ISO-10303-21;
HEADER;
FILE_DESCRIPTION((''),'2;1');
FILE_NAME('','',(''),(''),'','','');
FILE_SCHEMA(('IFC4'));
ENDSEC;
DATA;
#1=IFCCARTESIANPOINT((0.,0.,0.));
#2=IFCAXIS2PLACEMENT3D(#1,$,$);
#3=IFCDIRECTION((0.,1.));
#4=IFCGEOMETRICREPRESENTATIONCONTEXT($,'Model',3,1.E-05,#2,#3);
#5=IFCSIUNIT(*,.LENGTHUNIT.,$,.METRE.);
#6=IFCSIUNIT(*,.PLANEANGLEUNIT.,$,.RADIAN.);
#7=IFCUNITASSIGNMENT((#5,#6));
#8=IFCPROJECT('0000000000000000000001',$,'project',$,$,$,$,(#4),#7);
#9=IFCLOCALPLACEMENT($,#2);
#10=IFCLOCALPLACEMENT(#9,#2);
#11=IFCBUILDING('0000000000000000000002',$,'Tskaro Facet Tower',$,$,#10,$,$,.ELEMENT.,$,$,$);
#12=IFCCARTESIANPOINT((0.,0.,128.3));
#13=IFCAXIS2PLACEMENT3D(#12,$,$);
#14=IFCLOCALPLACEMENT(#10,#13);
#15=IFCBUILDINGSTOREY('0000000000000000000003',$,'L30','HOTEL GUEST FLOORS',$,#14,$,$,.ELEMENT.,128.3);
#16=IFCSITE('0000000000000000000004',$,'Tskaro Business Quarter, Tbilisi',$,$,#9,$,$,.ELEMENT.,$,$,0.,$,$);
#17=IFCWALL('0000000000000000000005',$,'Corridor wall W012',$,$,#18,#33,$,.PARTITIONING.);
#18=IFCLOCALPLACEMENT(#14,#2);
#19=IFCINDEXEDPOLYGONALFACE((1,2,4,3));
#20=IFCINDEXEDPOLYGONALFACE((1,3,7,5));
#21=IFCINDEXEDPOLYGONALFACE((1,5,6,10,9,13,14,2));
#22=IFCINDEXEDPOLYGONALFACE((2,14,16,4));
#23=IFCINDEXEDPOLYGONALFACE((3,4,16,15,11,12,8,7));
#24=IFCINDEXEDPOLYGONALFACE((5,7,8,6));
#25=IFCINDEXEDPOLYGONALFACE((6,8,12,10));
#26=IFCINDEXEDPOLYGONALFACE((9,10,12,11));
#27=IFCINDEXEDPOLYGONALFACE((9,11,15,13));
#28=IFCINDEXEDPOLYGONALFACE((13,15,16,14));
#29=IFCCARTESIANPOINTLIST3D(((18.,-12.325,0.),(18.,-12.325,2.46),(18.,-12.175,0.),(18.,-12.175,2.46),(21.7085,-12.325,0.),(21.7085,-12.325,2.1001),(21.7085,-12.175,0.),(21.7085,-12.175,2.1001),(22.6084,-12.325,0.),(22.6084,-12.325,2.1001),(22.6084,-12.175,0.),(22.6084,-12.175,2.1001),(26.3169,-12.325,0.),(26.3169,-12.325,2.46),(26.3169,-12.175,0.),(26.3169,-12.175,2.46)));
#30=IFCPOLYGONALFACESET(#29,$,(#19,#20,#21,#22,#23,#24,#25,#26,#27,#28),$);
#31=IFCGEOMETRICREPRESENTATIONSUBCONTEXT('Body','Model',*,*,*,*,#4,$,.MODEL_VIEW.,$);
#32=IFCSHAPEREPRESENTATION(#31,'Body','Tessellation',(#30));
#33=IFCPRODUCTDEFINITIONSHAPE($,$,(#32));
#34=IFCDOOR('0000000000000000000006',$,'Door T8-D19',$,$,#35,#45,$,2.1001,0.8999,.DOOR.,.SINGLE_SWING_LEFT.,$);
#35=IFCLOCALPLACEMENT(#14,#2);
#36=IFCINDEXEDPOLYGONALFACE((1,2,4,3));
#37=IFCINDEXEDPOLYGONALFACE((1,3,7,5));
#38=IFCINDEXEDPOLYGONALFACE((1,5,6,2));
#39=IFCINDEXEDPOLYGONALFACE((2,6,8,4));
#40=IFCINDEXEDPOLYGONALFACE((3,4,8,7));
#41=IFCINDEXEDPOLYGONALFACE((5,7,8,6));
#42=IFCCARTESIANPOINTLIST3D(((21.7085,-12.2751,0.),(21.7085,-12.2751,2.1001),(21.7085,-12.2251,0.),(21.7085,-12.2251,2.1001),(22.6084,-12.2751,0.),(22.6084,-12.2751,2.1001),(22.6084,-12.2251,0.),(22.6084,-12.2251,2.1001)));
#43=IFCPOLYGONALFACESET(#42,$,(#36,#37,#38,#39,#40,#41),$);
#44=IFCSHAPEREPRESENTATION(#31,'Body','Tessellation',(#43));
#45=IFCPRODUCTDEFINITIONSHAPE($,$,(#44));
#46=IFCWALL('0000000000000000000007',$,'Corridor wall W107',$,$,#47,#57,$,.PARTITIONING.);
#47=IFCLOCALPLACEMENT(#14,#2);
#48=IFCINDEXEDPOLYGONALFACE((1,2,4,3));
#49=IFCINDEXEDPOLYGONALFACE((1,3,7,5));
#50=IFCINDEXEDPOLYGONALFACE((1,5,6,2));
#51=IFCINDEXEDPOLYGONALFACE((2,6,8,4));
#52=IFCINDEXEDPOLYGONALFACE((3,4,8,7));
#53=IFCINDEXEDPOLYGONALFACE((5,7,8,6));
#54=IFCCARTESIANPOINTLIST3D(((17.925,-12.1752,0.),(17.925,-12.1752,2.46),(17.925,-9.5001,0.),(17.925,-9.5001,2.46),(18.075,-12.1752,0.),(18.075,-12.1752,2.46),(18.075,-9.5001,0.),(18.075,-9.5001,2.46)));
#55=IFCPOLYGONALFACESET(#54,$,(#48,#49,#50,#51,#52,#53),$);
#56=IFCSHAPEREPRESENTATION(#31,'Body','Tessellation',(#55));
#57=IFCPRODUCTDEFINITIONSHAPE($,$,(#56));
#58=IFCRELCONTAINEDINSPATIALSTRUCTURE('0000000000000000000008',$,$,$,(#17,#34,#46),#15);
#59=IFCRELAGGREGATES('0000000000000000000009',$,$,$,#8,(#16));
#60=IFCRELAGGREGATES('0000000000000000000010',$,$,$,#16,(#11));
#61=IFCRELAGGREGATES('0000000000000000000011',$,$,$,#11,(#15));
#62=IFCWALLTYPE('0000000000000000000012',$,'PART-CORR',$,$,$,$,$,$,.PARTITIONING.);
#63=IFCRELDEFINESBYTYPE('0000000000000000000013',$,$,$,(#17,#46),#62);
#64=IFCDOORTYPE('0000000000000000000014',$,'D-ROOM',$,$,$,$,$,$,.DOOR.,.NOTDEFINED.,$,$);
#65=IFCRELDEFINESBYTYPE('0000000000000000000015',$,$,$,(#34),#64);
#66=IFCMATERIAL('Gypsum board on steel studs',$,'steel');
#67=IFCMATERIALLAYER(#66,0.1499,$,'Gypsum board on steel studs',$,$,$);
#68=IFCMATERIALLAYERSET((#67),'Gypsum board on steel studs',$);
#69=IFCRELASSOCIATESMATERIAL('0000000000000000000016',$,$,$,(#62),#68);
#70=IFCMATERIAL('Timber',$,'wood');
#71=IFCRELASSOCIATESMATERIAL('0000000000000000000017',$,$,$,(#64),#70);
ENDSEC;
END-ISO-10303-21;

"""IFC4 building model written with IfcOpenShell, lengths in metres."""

from ifc_helpers import new_model, si_unit, direction, frame, frame_2d, origin, place, context, subcontext, project, spatial, rectangle, extrude, material, layer, layer_set, type_object, element, fill, save


model = new_model("IFC4")

# Units and contexts
model_context = context("Model", 3, precision=1e-05, world=origin(), true_north=direction((0.0, 1.0)))
body_context = subcontext(model_context, "Body", "Model", "MODEL_VIEW")
ifc_project = project(units=[si_unit("LENGTHUNIT", "METRE"), si_unit("PLANEANGLEUNIT", "RADIAN")], contexts=[model_context])

# Site, building, storey
site_placement = place(None, origin())
site = spatial("IfcSite", under=ifc_project, at=site_placement, Name="Tskaro Business Quarter, Tbilisi", CompositionType="ELEMENT", RefElevation=0.0)
building_placement = place(site_placement, origin())
building = spatial("IfcBuilding", under=site, at=building_placement, Name="Tskaro Facet Tower", CompositionType="ELEMENT")
storey_placement = place(building_placement, frame((0.0, 0.0, 128.3)))
storey = spatial("IfcBuildingStorey", under=building, at=storey_placement, Name="L30", Description="HOTEL GUEST FLOORS", CompositionType="ELEMENT", Elevation=128.3)

# Shared definitions
ifc_material_1 = material(Name="Gypsum board on steel studs", Category="steel")
ifc_layer_1 = layer(ifc_material_1, 0.1499, Name="Gypsum board on steel studs")
ifc_layer_set_1 = layer_set([ifc_layer_1], Name="Gypsum board on steel studs")
wall_type = type_object("IfcWallType", Name="PART-CORR", PredefinedType="PARTITIONING", material=ifc_layer_set_1)
ifc_material_2 = material(Name="Timber", Category="wood")

# Wall, opening, door
wall_1_placement = place(storey_placement, frame((18.0, -12.25, 0.0), z_axis=(0.0, 0.0, 1.0), x_axis=(1.0, 0.0, 0.0)))
wall_1 = element("IfcWall", 1, at=wall_1_placement, inside=storey, type_object=wall_type, Name="Corridor wall W012", PredefinedType="PARTITIONING", context=body_context, shape_type="SweptSolid", body=[
    extrude(rectangle(XDim=8.3169, YDim=0.1499, at=frame_2d((4.1584, 0.0))), origin(), (0.0, 0.0, 1.0), 2.46),
])
opening_1_placement = place(wall_1_placement, frame((3.7085, 0.0, 0.0)))
opening_1 = element("IfcOpeningElement", 2, at=opening_1_placement, cuts=wall_1, PredefinedType="OPENING", context=body_context, shape_type="SweptSolid", body=[
    extrude(rectangle(XDim=0.8999, YDim=2.1001, at=frame_2d((0.45, 1.05))), frame((0.0, 0.085, 0.0), z_axis=(0.0, -1.0, 0.0), x_axis=(1.0, 0.0, 0.0)), (0.0, 0.0, 1.0), 0.1699),
])
door_type_1 = type_object("IfcDoorType", Name="D-ROOM", OperationType="NOTDEFINED", PredefinedType="DOOR", material=ifc_material_2)
door_1_placement = place(opening_1_placement, origin())
door_1 = element("IfcDoor", 3, at=door_1_placement, inside=storey, type_object=door_type_1, Name="Door T8-D19", OperationType="SINGLE_SWING_LEFT", OverallHeight=2.1001, OverallWidth=0.8999, PredefinedType="DOOR", context=body_context, shape_type="SweptSolid", body=[
    extrude(rectangle(XDim=0.8999, YDim=2.1001, at=frame_2d((0.45, 1.05))), frame((0.0, 0.0249, 0.0), z_axis=(0.0, -1.0, 0.0), x_axis=(1.0, 0.0, 0.0)), (0.0, 0.0, 1.0), 0.05),
])
fill(opening_1, door_1)

# Wall
wall_2_placement = place(storey_placement, frame((18.0, -12.175, 0.0), z_axis=(0.0, 0.0, 1.0), x_axis=(0.0, 1.0, 0.0)))
element("IfcWall", 4, at=wall_2_placement, inside=storey, type_object=wall_type, Name="Corridor wall W107", PredefinedType="PARTITIONING", context=body_context, shape_type="SweptSolid", body=[
    extrude(rectangle(XDim=2.675, YDim=0.1499, at=frame_2d((1.3374, 0.0))), origin(), (0.0, 0.0, 1.0), 2.46),
])

save(model, "model.ifc")
